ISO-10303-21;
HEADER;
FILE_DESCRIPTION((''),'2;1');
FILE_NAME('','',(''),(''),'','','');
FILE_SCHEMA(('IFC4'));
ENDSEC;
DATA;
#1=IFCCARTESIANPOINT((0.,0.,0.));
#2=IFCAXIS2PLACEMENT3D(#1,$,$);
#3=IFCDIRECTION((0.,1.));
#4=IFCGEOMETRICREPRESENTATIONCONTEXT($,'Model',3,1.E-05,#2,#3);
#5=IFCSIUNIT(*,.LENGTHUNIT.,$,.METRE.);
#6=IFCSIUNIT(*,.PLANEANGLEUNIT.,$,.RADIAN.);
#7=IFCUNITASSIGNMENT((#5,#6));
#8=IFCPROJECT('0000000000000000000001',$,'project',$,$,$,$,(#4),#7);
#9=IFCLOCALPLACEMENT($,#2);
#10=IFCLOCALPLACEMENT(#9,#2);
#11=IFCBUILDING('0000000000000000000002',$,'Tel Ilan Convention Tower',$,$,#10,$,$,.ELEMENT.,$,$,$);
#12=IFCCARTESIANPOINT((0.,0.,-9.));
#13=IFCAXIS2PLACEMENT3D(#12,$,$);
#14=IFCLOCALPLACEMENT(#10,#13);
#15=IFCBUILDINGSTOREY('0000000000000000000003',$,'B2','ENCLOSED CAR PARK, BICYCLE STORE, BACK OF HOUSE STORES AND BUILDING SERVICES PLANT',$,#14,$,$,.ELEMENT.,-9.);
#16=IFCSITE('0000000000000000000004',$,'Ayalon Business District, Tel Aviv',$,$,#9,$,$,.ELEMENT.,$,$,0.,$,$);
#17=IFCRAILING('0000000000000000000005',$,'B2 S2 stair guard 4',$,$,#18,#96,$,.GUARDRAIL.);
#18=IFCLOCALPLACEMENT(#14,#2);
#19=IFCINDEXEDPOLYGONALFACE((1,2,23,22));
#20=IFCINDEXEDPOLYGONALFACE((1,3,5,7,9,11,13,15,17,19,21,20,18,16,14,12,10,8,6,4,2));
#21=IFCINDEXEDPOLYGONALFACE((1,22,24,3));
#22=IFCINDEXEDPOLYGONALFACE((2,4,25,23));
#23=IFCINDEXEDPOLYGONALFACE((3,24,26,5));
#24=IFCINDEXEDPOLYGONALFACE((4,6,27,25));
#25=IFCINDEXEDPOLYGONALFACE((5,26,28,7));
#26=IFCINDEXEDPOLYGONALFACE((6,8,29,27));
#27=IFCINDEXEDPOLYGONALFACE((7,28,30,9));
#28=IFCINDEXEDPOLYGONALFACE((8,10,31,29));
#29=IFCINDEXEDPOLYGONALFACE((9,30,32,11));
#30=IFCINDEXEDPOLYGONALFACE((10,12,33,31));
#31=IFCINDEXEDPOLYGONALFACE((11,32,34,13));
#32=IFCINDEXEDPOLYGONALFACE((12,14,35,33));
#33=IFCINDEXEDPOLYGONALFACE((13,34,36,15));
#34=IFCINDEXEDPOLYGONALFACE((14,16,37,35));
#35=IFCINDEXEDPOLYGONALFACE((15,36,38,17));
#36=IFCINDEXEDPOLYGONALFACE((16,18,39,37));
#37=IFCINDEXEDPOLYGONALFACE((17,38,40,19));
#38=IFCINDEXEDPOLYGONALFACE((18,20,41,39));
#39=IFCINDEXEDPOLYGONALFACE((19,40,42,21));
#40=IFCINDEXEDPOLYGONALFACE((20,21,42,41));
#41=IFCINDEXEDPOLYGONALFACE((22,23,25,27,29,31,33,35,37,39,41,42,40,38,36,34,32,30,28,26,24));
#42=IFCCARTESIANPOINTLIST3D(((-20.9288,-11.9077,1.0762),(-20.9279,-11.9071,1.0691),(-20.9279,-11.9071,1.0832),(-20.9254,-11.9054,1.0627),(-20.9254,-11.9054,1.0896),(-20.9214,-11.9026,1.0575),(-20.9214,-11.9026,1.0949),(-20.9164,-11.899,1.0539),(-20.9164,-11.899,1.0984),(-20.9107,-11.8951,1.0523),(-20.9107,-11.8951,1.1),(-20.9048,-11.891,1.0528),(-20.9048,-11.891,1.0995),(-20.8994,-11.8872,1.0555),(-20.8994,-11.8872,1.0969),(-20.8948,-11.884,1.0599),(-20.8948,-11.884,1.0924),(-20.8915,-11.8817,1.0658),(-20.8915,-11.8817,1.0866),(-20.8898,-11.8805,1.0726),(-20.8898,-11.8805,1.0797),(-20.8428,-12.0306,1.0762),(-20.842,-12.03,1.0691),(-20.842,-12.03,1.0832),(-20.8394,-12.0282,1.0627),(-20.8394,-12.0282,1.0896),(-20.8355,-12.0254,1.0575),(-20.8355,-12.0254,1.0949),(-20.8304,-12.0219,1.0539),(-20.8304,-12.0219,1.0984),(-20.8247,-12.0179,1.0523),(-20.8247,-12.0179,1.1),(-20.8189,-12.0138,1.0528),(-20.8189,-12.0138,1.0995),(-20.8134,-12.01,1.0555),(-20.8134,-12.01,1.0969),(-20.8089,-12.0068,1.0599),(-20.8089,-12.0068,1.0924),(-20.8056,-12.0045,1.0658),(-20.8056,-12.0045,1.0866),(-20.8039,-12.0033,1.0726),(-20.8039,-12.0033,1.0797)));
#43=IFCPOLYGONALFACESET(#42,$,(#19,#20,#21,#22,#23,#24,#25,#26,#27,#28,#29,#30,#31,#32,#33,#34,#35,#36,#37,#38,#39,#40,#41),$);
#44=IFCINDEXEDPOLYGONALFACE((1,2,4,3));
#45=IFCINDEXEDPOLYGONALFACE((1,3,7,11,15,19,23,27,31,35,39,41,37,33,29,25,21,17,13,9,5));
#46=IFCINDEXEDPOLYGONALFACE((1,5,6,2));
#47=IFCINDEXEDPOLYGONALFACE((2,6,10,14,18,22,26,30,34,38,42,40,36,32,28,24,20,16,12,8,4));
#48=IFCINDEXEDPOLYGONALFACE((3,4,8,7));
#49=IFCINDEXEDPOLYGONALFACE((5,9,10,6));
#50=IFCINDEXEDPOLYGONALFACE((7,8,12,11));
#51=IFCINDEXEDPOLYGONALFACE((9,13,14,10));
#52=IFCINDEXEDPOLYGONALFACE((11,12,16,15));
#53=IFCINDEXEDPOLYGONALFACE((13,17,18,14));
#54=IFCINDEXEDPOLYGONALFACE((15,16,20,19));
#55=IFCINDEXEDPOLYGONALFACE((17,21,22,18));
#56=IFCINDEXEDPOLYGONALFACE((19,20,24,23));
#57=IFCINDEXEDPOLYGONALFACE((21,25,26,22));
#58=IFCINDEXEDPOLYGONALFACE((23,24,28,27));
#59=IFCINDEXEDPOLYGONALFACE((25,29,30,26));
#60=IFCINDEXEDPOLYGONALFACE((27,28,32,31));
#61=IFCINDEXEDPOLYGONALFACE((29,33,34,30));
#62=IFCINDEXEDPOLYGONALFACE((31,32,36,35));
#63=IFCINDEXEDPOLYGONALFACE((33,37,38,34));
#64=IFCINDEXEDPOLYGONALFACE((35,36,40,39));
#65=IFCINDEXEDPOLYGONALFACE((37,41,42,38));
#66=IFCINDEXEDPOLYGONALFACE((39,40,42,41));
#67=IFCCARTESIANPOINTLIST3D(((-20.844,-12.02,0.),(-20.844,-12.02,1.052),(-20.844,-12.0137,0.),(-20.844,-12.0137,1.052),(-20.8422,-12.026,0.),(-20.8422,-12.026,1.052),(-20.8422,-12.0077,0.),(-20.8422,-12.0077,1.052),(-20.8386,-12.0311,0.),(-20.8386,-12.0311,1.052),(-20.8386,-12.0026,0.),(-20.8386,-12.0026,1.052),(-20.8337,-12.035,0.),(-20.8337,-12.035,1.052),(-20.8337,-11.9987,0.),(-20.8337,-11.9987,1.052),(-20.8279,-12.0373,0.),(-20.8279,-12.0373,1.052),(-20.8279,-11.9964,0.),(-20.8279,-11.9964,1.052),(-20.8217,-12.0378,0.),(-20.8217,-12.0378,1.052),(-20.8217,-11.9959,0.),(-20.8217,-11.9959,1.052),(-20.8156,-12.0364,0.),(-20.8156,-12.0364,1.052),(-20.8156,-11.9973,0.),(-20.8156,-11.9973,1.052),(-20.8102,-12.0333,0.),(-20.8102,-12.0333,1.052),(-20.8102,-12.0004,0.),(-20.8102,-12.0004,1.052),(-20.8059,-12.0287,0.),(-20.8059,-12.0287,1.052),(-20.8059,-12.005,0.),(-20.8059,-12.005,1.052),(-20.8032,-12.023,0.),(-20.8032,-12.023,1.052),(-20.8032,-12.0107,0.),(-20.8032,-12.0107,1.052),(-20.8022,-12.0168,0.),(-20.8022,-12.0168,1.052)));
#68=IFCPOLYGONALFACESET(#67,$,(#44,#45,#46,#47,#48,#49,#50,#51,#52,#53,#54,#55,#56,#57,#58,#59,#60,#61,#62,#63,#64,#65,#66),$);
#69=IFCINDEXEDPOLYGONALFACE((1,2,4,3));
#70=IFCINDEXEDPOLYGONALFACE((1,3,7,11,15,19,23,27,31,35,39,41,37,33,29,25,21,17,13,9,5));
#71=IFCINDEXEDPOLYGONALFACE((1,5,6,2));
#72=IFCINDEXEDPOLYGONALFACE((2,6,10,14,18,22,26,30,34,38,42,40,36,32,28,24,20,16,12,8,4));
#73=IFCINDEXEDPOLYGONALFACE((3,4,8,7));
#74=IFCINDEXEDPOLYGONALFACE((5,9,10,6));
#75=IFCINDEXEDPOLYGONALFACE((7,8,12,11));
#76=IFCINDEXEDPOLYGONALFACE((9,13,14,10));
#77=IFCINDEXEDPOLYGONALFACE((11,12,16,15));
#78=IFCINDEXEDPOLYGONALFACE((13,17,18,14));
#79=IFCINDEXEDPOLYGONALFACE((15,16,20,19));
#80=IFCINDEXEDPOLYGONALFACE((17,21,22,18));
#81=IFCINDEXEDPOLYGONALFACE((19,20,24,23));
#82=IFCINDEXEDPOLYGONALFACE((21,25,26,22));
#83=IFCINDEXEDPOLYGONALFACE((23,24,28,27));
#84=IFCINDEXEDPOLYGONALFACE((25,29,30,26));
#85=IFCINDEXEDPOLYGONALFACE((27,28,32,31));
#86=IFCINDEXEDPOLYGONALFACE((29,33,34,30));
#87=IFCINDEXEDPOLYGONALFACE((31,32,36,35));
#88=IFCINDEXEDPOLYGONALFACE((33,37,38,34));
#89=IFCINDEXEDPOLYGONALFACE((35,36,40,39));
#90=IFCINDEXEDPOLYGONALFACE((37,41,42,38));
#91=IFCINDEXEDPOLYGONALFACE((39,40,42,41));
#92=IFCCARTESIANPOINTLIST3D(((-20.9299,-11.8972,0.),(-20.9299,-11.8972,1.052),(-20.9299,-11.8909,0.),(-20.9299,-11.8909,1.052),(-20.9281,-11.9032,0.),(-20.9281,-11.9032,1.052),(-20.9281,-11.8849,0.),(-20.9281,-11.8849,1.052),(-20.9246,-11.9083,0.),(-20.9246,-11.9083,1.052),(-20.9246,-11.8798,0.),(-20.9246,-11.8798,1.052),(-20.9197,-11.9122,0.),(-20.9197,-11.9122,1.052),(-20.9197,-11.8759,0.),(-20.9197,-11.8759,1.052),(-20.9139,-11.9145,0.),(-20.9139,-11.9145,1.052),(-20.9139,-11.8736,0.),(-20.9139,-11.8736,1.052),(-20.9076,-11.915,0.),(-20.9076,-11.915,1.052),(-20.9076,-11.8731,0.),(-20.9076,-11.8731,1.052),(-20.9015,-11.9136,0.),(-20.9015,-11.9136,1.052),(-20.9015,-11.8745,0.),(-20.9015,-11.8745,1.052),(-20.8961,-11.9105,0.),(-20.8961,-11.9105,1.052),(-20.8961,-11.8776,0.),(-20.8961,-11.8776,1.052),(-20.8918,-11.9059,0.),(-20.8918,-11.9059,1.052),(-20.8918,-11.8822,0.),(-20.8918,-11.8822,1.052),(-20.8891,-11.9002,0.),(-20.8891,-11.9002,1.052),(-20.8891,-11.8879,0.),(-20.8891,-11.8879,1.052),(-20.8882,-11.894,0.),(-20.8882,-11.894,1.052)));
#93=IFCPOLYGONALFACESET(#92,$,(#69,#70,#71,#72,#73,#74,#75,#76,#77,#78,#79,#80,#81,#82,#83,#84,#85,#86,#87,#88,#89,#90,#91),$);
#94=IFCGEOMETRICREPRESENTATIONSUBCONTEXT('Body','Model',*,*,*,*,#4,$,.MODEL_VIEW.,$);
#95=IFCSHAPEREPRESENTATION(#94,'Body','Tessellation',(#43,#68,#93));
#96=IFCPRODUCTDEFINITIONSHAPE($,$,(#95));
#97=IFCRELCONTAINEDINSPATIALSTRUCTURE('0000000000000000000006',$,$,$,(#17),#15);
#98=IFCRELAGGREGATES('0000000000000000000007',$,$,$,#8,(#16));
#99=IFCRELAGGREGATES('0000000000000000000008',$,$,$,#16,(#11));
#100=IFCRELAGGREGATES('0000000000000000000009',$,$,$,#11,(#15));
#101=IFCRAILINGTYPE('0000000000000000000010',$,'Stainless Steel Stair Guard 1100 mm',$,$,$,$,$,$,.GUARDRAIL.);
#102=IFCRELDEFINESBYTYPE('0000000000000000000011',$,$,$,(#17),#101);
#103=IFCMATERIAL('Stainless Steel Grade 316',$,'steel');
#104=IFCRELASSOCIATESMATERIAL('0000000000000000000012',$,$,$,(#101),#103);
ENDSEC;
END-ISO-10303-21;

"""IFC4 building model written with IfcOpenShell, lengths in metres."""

from ifc_helpers import new_model, si_unit, direction, frame, origin, origin_2d, place, context, subcontext, project, spatial, circle, extrude, material, type_object, element, save


model = new_model("IFC4")

# Units and contexts
model_context = context("Model", 3, precision=1e-05, world=origin(), true_north=direction((0.0, 1.0)))
body_context = subcontext(model_context, "Body", "Model", "MODEL_VIEW")
ifc_project = project(units=[si_unit("LENGTHUNIT", "METRE"), si_unit("PLANEANGLEUNIT", "RADIAN")], contexts=[model_context])

# Site, building, storey
site_placement = place(None, origin())
site = spatial("IfcSite", under=ifc_project, at=site_placement, Name="Ayalon Business District, Tel Aviv", CompositionType="ELEMENT", RefElevation=0.0)
building_placement = place(site_placement, origin())
building = spatial("IfcBuilding", under=site, at=building_placement, Name="Tel Ilan Convention Tower", CompositionType="ELEMENT")
storey_placement = place(building_placement, frame((0.0, 0.0, -9.0)))
storey = spatial("IfcBuildingStorey", under=building, at=storey_placement, Name="B2", Description="ENCLOSED CAR PARK, BICYCLE STORE, BACK OF HOUSE STORES AND BUILDING SERVICES PLANT", CompositionType="ELEMENT", Elevation=-9.0)

# Railing
ifc_material_1 = material(Name="Stainless Steel Grade 316", Category="steel")
railing_type_1 = type_object("IfcRailingType", Name="Stainless Steel Stair Guard 1100 mm", PredefinedType="GUARDRAIL", material=ifc_material_1)
railing_1_placement = place(storey_placement, frame((-20.8232, -12.0168, 0.0)))
element("IfcRailing", 1, at=railing_1_placement, inside=storey, type_object=railing_type_1, Name="B2 S2 stair guard 4", PredefinedType="GUARDRAIL", context=body_context, shape_type="SweptSolid", body=[
    extrude(circle(Radius=0.0239, at=origin_2d()), frame((0.0, 0.0, 1.0762), z_axis=(-0.573353, 0.819308, 0.0), x_axis=(-0.819308, -0.573353, 0.0)), (0.0, 0.0, 1.0), 0.1499),
    extrude(circle(Radius=0.021, at=origin_2d()), origin(), (0.0, 0.0, 1.0), 1.052),
    extrude(circle(Radius=0.021, at=origin_2d()), frame((-0.0859, 0.1228, 0.0)), (0.0, 0.0, 1.0), 1.052),
])

save(model, "model.ifc")
